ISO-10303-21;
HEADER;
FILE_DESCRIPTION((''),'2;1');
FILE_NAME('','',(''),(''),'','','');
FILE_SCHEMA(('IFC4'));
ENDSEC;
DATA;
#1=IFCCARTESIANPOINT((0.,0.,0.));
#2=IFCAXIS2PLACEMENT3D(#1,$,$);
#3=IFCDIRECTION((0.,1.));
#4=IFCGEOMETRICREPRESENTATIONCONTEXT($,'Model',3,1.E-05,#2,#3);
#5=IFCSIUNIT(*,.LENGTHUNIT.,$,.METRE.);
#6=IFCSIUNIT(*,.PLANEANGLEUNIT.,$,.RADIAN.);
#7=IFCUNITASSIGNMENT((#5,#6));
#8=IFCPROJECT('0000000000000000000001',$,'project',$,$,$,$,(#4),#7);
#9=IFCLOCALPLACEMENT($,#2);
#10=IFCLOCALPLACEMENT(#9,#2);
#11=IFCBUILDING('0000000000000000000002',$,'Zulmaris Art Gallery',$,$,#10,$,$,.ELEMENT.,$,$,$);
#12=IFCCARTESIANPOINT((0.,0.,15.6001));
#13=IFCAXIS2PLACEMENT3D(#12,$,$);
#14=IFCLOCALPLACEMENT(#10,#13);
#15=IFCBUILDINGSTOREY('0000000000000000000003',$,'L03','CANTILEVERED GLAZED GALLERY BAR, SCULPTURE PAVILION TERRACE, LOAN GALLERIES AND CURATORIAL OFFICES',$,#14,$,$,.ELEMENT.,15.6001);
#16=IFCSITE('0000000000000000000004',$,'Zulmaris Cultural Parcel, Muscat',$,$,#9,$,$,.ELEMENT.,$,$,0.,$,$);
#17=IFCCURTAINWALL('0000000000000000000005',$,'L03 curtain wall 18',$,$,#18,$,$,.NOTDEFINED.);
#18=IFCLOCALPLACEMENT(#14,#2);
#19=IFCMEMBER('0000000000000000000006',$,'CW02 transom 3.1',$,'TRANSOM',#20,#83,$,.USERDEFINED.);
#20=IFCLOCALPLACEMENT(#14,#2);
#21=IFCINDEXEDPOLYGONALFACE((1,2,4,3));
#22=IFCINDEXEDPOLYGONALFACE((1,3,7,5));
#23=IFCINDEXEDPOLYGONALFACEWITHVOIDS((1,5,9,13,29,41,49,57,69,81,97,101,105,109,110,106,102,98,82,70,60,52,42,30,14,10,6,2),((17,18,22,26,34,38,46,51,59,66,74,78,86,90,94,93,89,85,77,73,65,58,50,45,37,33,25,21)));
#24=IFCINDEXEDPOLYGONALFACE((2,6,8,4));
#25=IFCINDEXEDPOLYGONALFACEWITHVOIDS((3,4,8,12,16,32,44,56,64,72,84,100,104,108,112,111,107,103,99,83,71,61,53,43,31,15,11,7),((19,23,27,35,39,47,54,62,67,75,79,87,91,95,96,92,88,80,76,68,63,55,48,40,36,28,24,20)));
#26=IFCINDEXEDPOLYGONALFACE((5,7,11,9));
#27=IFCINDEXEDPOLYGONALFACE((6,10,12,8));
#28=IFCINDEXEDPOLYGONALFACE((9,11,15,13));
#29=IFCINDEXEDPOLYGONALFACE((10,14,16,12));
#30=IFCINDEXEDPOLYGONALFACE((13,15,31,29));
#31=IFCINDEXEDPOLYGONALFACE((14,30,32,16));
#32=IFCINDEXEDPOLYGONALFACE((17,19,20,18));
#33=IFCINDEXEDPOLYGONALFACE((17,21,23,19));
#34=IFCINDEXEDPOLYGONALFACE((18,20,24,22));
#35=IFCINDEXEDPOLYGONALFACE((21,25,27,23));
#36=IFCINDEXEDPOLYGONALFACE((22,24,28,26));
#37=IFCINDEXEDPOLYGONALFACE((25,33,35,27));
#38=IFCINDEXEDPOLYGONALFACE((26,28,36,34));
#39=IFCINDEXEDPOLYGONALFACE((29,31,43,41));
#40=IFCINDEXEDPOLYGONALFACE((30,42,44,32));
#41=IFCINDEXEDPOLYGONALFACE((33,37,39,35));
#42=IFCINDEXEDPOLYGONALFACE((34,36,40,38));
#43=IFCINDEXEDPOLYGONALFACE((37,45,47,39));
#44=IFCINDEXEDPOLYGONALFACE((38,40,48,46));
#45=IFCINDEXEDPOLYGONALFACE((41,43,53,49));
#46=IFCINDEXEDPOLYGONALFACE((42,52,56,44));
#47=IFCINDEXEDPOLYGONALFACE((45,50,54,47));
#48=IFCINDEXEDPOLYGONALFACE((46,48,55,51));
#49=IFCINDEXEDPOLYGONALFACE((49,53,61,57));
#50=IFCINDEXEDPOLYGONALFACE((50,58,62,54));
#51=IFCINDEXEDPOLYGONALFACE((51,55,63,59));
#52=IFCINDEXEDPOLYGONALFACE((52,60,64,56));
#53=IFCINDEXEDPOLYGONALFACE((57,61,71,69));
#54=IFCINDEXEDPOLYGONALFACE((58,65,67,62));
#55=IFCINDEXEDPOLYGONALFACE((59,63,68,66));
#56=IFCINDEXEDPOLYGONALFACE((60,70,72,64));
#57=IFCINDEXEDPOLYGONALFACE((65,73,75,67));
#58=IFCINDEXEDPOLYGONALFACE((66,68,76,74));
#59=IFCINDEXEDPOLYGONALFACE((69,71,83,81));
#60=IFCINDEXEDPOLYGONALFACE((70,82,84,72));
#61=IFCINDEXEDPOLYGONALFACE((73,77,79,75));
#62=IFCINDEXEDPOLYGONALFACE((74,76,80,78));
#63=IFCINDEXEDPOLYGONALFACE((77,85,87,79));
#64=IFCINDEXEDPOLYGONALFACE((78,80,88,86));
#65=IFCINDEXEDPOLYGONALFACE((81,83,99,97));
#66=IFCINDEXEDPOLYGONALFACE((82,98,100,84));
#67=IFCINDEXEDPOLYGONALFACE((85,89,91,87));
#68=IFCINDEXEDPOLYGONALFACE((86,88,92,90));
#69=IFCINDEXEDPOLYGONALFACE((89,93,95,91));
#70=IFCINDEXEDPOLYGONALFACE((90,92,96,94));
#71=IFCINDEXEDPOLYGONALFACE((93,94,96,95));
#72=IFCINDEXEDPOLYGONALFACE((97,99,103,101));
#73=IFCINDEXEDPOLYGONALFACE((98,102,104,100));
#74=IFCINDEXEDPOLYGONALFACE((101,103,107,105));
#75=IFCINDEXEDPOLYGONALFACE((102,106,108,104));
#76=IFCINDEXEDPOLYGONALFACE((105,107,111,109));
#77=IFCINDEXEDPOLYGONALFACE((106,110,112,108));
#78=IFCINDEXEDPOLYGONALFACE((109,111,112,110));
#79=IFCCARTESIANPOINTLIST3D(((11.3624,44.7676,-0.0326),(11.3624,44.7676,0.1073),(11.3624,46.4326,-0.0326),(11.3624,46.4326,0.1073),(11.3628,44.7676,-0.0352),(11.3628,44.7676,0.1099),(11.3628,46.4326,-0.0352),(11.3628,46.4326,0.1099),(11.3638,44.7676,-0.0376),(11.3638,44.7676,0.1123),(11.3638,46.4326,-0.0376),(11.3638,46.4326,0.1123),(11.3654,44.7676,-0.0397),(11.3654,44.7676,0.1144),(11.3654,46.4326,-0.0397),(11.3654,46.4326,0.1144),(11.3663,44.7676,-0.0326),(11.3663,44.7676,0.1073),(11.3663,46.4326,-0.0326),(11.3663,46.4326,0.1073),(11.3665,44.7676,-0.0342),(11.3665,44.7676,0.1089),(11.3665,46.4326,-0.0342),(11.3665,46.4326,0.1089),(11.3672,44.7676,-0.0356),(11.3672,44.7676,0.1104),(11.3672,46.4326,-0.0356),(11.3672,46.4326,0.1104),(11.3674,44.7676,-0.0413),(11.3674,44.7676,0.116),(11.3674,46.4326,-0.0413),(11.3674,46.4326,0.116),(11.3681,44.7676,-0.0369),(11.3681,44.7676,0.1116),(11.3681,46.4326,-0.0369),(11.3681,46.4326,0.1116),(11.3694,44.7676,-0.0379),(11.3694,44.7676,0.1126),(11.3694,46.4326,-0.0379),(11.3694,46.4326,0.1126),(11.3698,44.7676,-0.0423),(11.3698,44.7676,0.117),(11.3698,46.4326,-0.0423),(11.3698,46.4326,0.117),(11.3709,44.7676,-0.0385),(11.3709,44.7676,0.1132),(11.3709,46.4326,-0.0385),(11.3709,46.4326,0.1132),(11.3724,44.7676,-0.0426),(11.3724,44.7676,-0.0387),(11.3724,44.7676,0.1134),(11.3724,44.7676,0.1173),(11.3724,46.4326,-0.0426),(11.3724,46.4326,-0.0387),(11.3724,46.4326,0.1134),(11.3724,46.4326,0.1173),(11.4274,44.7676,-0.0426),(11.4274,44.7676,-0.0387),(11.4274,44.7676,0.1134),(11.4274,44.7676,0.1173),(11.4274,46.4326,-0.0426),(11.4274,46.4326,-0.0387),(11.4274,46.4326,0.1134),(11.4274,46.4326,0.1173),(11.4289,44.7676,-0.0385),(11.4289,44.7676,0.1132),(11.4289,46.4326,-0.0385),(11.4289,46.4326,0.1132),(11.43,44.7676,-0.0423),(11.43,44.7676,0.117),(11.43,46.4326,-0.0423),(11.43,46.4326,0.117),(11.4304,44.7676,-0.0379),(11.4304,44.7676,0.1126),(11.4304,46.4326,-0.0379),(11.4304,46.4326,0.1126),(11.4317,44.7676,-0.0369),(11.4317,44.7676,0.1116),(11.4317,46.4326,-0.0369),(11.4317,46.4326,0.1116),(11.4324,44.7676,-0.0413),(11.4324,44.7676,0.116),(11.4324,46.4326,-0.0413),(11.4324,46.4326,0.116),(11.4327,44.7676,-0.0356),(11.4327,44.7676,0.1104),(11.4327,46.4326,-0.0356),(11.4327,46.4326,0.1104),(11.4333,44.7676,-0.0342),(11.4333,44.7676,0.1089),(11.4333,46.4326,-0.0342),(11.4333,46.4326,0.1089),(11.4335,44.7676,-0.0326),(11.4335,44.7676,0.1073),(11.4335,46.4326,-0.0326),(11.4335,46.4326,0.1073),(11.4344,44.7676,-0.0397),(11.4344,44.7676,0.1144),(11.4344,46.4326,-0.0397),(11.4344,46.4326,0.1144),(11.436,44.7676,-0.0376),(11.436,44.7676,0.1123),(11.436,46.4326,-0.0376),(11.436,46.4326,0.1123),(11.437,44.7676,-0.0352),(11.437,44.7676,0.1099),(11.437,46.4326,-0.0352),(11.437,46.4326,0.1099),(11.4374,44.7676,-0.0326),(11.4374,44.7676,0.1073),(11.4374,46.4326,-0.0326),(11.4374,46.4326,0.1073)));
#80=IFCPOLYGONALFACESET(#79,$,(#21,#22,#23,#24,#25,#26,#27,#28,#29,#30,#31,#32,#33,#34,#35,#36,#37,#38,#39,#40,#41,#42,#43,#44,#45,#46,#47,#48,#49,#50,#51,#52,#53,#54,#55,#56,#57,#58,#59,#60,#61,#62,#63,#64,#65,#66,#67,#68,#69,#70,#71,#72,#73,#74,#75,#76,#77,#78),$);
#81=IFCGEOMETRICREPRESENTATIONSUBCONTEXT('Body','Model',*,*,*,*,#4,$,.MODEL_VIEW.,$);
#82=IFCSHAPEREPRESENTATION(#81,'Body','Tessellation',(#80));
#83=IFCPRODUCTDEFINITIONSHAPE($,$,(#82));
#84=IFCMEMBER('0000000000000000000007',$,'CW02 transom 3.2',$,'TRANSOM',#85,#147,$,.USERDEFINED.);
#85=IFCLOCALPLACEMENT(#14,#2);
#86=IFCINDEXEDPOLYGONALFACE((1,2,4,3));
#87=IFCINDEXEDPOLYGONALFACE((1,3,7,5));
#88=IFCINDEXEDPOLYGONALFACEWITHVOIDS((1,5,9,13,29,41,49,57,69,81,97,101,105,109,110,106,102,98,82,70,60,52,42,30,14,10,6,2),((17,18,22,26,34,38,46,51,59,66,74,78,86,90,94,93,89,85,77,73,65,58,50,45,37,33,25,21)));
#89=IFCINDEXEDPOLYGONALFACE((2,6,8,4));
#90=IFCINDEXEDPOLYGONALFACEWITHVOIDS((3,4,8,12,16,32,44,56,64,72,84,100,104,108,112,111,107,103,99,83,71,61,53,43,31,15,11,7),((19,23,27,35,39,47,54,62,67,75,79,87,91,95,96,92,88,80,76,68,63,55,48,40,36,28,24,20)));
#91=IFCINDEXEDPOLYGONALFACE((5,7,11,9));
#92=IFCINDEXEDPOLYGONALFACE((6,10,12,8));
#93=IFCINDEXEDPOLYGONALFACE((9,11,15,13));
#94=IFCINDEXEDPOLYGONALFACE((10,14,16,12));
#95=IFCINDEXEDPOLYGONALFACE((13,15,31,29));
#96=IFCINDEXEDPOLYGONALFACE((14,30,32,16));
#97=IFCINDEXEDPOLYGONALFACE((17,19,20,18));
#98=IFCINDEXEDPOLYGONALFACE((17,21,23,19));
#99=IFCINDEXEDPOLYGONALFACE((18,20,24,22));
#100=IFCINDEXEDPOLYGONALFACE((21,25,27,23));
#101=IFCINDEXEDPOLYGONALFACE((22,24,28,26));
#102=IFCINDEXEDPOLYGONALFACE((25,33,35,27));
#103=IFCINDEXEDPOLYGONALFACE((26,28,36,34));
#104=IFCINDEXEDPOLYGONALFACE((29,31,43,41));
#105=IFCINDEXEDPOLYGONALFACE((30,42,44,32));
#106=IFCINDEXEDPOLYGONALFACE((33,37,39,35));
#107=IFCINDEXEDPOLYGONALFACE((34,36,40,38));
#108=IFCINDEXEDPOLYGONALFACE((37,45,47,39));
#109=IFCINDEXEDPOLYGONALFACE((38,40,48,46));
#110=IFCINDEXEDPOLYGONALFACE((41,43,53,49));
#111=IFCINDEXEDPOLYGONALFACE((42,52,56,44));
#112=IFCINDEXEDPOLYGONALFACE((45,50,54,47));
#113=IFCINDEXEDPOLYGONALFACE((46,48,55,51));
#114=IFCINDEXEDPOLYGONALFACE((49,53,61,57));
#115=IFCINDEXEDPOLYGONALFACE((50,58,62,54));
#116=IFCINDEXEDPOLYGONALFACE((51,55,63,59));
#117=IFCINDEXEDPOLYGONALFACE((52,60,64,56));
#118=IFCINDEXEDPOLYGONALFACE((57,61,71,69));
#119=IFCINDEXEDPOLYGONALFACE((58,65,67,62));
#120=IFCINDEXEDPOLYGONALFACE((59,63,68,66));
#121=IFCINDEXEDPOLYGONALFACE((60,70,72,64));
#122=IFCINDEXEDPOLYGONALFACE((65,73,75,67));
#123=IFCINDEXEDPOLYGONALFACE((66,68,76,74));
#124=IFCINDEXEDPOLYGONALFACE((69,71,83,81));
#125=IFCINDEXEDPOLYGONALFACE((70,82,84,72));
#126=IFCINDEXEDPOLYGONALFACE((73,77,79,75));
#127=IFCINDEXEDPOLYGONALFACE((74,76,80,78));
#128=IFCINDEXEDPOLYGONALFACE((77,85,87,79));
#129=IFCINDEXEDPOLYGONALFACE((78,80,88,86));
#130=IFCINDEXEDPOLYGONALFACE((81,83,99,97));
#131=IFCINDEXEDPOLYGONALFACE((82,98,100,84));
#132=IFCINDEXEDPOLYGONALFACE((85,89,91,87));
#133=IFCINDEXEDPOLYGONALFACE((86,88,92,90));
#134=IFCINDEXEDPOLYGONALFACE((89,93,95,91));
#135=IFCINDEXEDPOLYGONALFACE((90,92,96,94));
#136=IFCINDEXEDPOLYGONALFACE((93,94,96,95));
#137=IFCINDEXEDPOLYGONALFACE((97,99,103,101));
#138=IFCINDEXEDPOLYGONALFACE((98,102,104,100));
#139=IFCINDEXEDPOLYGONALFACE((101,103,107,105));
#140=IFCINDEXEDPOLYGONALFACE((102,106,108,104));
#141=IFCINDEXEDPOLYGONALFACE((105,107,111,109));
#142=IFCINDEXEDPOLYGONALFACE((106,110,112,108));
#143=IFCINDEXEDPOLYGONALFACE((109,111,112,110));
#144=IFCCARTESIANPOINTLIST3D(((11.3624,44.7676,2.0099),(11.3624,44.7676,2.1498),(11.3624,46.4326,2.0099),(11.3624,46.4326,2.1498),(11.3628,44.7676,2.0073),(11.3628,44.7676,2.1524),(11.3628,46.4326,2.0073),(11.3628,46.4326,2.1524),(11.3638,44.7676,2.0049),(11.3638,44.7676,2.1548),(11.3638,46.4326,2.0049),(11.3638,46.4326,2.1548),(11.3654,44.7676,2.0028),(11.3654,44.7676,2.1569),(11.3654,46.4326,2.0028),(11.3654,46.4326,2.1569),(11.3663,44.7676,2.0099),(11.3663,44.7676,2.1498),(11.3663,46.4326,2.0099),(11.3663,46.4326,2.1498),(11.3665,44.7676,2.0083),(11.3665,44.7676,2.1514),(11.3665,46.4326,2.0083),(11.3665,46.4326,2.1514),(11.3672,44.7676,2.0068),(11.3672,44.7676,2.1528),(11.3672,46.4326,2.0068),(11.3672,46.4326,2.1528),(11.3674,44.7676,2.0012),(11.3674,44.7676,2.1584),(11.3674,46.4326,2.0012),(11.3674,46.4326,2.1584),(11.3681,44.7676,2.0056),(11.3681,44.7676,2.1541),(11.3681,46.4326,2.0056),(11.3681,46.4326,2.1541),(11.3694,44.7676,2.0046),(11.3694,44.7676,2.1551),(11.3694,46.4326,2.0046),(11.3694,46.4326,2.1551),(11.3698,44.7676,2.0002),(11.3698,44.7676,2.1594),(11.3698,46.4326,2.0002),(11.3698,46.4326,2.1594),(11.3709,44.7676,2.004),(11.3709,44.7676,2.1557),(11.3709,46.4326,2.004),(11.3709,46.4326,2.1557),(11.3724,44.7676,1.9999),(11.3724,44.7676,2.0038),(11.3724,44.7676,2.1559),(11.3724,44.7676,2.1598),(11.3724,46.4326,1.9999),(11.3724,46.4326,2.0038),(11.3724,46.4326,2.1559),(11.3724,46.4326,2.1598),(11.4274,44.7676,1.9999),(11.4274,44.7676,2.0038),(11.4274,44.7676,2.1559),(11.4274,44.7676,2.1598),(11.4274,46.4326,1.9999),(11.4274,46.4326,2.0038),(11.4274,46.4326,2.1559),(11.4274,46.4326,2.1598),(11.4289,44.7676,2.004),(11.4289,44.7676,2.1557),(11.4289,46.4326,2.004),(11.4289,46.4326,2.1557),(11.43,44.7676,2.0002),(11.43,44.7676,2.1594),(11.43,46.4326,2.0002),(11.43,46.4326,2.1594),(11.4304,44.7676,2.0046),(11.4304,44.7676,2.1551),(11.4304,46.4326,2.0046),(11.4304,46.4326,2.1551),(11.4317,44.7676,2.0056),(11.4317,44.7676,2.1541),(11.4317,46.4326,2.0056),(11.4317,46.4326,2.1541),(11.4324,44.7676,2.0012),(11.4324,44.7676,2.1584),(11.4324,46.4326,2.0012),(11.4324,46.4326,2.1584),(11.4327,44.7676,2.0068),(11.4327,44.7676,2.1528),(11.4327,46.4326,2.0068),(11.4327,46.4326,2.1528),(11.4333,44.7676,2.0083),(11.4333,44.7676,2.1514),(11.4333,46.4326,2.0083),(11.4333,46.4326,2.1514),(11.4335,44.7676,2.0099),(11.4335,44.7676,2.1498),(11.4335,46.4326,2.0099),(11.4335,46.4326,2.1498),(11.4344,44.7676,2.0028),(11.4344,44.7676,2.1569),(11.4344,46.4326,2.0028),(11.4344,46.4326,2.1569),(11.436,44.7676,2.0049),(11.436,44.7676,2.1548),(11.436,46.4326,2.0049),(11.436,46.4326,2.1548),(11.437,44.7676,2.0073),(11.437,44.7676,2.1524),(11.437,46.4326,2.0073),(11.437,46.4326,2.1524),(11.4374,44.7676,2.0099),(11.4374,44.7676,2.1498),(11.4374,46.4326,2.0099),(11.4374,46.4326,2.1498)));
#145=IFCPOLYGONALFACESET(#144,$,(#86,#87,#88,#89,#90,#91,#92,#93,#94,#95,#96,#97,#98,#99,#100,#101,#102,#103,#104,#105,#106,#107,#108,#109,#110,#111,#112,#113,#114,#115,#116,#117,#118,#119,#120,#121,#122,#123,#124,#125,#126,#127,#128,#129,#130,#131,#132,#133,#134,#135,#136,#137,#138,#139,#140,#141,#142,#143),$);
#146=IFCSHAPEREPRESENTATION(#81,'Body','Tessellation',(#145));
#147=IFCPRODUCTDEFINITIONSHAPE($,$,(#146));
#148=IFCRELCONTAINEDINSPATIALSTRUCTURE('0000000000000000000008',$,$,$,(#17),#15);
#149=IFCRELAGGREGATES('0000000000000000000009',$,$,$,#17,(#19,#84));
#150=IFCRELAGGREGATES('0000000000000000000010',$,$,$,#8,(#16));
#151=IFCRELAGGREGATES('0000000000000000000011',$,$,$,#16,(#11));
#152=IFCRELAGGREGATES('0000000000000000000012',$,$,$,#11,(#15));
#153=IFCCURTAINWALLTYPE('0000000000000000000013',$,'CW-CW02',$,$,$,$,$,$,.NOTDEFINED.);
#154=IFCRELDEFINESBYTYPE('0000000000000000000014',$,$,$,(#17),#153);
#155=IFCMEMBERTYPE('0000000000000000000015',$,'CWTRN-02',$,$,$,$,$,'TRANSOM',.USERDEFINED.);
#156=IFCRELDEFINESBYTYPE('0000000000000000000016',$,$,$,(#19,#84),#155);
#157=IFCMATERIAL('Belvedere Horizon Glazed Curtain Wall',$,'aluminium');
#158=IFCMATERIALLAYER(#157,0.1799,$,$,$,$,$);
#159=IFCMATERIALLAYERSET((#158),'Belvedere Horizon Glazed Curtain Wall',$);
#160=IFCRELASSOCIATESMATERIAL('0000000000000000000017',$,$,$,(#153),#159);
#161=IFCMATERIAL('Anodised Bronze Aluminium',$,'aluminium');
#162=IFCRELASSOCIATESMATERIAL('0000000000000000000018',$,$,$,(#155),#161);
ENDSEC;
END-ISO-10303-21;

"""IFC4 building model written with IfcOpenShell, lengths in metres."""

from ifc_helpers import new_model, si_unit, direction, frame, origin, origin_2d, place, context, subcontext, project, spatial, hollow_rectangle, extrude, material, layer, layer_set, material_profile, profile_set, type_object, element, aggregate, save


model = new_model("IFC4")

# Units and contexts
model_context = context("Model", 3, precision=1e-05, world=origin(), true_north=direction((0.0, 1.0)))
body_context = subcontext(model_context, "Body", "Model", "MODEL_VIEW")
ifc_project = project(units=[si_unit("LENGTHUNIT", "METRE"), si_unit("PLANEANGLEUNIT", "RADIAN")], contexts=[model_context])

# Site, building, storey
site_placement = place(None, origin())
site = spatial("IfcSite", under=ifc_project, at=site_placement, Name="Zulmaris Cultural Parcel, Muscat", CompositionType="ELEMENT", RefElevation=0.0)
building_placement = place(site_placement, origin())
building = spatial("IfcBuilding", under=site, at=building_placement, Name="Zulmaris Art Gallery", CompositionType="ELEMENT")
storey_placement = place(building_placement, frame((0.0, 0.0, 15.6001)))
storey = spatial("IfcBuildingStorey", under=building, at=storey_placement, Name="L03", Description="CANTILEVERED GLAZED GALLERY BAR, SCULPTURE PAVILION TERRACE, LOAN GALLERIES AND CURATORIAL OFFICES", CompositionType="ELEMENT", Elevation=15.6001)

# Curtain wall, members
ifc_material_1 = material(Name="Belvedere Horizon Glazed Curtain Wall", Category="aluminium")
ifc_layer_1 = layer(ifc_material_1, 0.1799)
ifc_layer_set_1 = layer_set([ifc_layer_1], Name="Belvedere Horizon Glazed Curtain Wall")
curtain_wall_type = type_object("IfcCurtainWallType", Name="CW-CW02", PredefinedType="NOTDEFINED", material=ifc_layer_set_1)
curtain_wall_placement = place(storey_placement, origin())
curtain_wall = element("IfcCurtainWall", 1, at=curtain_wall_placement, inside=storey, type_object=curtain_wall_type, Name="L03 curtain wall 18", PredefinedType="NOTDEFINED")
ifc_material_2 = material(Name="Anodised Bronze Aluminium", Category="aluminium")
ifc_material_profile_1 = material_profile(ifc_material_2, hollow_rectangle(XDim=0.075, YDim=0.1599, WallThickness=0.0039, InnerFilletRadius=0.0061, OuterFilletRadius=0.01, at=origin_2d()), Name="ALU 75x160x4")
ifc_profile_set_1 = profile_set([ifc_material_profile_1], Name="Anodised Bronze Aluminium")
member_type_1 = type_object("IfcMemberType", Name="CWTRN-02", ElementType="TRANSOM", PredefinedType="USERDEFINED", material=ifc_profile_set_1)
member_1_placement = place(storey_placement, frame((11.3999, 44.7676, 0.0374), z_axis=(0.0, 1.0, 0.0), x_axis=(-1.0, 0.0, 0.0)))
member_1 = element("IfcMember", 2, at=member_1_placement, type_object=member_type_1, Name="CW02 transom 3.1", ObjectType="TRANSOM", PredefinedType="USERDEFINED", context=body_context, shape_type="SweptSolid", body=[
    extrude(hollow_rectangle(XDim=0.075, YDim=0.1599, WallThickness=0.0039, InnerFilletRadius=0.0061, OuterFilletRadius=0.01, at=origin_2d()), origin(), (0.0, 0.0, 1.0), 1.665),
])
member_2_placement = place(storey_placement, frame((11.3999, 44.7676, 2.0798), z_axis=(0.0, 1.0, 0.0), x_axis=(-1.0, 0.0, 0.0)))
member_2 = element("IfcMember", 3, at=member_2_placement, type_object=member_type_1, Name="CW02 transom 3.2", ObjectType="TRANSOM", PredefinedType="USERDEFINED", context=body_context, shape_type="SweptSolid", body=[
    extrude(hollow_rectangle(XDim=0.075, YDim=0.1599, WallThickness=0.0039, InnerFilletRadius=0.0061, OuterFilletRadius=0.01, at=origin_2d()), origin(), (0.0, 0.0, 1.0), 1.665),
])
aggregate(curtain_wall, [member_1, member_2])

save(model, "model.ifc")
